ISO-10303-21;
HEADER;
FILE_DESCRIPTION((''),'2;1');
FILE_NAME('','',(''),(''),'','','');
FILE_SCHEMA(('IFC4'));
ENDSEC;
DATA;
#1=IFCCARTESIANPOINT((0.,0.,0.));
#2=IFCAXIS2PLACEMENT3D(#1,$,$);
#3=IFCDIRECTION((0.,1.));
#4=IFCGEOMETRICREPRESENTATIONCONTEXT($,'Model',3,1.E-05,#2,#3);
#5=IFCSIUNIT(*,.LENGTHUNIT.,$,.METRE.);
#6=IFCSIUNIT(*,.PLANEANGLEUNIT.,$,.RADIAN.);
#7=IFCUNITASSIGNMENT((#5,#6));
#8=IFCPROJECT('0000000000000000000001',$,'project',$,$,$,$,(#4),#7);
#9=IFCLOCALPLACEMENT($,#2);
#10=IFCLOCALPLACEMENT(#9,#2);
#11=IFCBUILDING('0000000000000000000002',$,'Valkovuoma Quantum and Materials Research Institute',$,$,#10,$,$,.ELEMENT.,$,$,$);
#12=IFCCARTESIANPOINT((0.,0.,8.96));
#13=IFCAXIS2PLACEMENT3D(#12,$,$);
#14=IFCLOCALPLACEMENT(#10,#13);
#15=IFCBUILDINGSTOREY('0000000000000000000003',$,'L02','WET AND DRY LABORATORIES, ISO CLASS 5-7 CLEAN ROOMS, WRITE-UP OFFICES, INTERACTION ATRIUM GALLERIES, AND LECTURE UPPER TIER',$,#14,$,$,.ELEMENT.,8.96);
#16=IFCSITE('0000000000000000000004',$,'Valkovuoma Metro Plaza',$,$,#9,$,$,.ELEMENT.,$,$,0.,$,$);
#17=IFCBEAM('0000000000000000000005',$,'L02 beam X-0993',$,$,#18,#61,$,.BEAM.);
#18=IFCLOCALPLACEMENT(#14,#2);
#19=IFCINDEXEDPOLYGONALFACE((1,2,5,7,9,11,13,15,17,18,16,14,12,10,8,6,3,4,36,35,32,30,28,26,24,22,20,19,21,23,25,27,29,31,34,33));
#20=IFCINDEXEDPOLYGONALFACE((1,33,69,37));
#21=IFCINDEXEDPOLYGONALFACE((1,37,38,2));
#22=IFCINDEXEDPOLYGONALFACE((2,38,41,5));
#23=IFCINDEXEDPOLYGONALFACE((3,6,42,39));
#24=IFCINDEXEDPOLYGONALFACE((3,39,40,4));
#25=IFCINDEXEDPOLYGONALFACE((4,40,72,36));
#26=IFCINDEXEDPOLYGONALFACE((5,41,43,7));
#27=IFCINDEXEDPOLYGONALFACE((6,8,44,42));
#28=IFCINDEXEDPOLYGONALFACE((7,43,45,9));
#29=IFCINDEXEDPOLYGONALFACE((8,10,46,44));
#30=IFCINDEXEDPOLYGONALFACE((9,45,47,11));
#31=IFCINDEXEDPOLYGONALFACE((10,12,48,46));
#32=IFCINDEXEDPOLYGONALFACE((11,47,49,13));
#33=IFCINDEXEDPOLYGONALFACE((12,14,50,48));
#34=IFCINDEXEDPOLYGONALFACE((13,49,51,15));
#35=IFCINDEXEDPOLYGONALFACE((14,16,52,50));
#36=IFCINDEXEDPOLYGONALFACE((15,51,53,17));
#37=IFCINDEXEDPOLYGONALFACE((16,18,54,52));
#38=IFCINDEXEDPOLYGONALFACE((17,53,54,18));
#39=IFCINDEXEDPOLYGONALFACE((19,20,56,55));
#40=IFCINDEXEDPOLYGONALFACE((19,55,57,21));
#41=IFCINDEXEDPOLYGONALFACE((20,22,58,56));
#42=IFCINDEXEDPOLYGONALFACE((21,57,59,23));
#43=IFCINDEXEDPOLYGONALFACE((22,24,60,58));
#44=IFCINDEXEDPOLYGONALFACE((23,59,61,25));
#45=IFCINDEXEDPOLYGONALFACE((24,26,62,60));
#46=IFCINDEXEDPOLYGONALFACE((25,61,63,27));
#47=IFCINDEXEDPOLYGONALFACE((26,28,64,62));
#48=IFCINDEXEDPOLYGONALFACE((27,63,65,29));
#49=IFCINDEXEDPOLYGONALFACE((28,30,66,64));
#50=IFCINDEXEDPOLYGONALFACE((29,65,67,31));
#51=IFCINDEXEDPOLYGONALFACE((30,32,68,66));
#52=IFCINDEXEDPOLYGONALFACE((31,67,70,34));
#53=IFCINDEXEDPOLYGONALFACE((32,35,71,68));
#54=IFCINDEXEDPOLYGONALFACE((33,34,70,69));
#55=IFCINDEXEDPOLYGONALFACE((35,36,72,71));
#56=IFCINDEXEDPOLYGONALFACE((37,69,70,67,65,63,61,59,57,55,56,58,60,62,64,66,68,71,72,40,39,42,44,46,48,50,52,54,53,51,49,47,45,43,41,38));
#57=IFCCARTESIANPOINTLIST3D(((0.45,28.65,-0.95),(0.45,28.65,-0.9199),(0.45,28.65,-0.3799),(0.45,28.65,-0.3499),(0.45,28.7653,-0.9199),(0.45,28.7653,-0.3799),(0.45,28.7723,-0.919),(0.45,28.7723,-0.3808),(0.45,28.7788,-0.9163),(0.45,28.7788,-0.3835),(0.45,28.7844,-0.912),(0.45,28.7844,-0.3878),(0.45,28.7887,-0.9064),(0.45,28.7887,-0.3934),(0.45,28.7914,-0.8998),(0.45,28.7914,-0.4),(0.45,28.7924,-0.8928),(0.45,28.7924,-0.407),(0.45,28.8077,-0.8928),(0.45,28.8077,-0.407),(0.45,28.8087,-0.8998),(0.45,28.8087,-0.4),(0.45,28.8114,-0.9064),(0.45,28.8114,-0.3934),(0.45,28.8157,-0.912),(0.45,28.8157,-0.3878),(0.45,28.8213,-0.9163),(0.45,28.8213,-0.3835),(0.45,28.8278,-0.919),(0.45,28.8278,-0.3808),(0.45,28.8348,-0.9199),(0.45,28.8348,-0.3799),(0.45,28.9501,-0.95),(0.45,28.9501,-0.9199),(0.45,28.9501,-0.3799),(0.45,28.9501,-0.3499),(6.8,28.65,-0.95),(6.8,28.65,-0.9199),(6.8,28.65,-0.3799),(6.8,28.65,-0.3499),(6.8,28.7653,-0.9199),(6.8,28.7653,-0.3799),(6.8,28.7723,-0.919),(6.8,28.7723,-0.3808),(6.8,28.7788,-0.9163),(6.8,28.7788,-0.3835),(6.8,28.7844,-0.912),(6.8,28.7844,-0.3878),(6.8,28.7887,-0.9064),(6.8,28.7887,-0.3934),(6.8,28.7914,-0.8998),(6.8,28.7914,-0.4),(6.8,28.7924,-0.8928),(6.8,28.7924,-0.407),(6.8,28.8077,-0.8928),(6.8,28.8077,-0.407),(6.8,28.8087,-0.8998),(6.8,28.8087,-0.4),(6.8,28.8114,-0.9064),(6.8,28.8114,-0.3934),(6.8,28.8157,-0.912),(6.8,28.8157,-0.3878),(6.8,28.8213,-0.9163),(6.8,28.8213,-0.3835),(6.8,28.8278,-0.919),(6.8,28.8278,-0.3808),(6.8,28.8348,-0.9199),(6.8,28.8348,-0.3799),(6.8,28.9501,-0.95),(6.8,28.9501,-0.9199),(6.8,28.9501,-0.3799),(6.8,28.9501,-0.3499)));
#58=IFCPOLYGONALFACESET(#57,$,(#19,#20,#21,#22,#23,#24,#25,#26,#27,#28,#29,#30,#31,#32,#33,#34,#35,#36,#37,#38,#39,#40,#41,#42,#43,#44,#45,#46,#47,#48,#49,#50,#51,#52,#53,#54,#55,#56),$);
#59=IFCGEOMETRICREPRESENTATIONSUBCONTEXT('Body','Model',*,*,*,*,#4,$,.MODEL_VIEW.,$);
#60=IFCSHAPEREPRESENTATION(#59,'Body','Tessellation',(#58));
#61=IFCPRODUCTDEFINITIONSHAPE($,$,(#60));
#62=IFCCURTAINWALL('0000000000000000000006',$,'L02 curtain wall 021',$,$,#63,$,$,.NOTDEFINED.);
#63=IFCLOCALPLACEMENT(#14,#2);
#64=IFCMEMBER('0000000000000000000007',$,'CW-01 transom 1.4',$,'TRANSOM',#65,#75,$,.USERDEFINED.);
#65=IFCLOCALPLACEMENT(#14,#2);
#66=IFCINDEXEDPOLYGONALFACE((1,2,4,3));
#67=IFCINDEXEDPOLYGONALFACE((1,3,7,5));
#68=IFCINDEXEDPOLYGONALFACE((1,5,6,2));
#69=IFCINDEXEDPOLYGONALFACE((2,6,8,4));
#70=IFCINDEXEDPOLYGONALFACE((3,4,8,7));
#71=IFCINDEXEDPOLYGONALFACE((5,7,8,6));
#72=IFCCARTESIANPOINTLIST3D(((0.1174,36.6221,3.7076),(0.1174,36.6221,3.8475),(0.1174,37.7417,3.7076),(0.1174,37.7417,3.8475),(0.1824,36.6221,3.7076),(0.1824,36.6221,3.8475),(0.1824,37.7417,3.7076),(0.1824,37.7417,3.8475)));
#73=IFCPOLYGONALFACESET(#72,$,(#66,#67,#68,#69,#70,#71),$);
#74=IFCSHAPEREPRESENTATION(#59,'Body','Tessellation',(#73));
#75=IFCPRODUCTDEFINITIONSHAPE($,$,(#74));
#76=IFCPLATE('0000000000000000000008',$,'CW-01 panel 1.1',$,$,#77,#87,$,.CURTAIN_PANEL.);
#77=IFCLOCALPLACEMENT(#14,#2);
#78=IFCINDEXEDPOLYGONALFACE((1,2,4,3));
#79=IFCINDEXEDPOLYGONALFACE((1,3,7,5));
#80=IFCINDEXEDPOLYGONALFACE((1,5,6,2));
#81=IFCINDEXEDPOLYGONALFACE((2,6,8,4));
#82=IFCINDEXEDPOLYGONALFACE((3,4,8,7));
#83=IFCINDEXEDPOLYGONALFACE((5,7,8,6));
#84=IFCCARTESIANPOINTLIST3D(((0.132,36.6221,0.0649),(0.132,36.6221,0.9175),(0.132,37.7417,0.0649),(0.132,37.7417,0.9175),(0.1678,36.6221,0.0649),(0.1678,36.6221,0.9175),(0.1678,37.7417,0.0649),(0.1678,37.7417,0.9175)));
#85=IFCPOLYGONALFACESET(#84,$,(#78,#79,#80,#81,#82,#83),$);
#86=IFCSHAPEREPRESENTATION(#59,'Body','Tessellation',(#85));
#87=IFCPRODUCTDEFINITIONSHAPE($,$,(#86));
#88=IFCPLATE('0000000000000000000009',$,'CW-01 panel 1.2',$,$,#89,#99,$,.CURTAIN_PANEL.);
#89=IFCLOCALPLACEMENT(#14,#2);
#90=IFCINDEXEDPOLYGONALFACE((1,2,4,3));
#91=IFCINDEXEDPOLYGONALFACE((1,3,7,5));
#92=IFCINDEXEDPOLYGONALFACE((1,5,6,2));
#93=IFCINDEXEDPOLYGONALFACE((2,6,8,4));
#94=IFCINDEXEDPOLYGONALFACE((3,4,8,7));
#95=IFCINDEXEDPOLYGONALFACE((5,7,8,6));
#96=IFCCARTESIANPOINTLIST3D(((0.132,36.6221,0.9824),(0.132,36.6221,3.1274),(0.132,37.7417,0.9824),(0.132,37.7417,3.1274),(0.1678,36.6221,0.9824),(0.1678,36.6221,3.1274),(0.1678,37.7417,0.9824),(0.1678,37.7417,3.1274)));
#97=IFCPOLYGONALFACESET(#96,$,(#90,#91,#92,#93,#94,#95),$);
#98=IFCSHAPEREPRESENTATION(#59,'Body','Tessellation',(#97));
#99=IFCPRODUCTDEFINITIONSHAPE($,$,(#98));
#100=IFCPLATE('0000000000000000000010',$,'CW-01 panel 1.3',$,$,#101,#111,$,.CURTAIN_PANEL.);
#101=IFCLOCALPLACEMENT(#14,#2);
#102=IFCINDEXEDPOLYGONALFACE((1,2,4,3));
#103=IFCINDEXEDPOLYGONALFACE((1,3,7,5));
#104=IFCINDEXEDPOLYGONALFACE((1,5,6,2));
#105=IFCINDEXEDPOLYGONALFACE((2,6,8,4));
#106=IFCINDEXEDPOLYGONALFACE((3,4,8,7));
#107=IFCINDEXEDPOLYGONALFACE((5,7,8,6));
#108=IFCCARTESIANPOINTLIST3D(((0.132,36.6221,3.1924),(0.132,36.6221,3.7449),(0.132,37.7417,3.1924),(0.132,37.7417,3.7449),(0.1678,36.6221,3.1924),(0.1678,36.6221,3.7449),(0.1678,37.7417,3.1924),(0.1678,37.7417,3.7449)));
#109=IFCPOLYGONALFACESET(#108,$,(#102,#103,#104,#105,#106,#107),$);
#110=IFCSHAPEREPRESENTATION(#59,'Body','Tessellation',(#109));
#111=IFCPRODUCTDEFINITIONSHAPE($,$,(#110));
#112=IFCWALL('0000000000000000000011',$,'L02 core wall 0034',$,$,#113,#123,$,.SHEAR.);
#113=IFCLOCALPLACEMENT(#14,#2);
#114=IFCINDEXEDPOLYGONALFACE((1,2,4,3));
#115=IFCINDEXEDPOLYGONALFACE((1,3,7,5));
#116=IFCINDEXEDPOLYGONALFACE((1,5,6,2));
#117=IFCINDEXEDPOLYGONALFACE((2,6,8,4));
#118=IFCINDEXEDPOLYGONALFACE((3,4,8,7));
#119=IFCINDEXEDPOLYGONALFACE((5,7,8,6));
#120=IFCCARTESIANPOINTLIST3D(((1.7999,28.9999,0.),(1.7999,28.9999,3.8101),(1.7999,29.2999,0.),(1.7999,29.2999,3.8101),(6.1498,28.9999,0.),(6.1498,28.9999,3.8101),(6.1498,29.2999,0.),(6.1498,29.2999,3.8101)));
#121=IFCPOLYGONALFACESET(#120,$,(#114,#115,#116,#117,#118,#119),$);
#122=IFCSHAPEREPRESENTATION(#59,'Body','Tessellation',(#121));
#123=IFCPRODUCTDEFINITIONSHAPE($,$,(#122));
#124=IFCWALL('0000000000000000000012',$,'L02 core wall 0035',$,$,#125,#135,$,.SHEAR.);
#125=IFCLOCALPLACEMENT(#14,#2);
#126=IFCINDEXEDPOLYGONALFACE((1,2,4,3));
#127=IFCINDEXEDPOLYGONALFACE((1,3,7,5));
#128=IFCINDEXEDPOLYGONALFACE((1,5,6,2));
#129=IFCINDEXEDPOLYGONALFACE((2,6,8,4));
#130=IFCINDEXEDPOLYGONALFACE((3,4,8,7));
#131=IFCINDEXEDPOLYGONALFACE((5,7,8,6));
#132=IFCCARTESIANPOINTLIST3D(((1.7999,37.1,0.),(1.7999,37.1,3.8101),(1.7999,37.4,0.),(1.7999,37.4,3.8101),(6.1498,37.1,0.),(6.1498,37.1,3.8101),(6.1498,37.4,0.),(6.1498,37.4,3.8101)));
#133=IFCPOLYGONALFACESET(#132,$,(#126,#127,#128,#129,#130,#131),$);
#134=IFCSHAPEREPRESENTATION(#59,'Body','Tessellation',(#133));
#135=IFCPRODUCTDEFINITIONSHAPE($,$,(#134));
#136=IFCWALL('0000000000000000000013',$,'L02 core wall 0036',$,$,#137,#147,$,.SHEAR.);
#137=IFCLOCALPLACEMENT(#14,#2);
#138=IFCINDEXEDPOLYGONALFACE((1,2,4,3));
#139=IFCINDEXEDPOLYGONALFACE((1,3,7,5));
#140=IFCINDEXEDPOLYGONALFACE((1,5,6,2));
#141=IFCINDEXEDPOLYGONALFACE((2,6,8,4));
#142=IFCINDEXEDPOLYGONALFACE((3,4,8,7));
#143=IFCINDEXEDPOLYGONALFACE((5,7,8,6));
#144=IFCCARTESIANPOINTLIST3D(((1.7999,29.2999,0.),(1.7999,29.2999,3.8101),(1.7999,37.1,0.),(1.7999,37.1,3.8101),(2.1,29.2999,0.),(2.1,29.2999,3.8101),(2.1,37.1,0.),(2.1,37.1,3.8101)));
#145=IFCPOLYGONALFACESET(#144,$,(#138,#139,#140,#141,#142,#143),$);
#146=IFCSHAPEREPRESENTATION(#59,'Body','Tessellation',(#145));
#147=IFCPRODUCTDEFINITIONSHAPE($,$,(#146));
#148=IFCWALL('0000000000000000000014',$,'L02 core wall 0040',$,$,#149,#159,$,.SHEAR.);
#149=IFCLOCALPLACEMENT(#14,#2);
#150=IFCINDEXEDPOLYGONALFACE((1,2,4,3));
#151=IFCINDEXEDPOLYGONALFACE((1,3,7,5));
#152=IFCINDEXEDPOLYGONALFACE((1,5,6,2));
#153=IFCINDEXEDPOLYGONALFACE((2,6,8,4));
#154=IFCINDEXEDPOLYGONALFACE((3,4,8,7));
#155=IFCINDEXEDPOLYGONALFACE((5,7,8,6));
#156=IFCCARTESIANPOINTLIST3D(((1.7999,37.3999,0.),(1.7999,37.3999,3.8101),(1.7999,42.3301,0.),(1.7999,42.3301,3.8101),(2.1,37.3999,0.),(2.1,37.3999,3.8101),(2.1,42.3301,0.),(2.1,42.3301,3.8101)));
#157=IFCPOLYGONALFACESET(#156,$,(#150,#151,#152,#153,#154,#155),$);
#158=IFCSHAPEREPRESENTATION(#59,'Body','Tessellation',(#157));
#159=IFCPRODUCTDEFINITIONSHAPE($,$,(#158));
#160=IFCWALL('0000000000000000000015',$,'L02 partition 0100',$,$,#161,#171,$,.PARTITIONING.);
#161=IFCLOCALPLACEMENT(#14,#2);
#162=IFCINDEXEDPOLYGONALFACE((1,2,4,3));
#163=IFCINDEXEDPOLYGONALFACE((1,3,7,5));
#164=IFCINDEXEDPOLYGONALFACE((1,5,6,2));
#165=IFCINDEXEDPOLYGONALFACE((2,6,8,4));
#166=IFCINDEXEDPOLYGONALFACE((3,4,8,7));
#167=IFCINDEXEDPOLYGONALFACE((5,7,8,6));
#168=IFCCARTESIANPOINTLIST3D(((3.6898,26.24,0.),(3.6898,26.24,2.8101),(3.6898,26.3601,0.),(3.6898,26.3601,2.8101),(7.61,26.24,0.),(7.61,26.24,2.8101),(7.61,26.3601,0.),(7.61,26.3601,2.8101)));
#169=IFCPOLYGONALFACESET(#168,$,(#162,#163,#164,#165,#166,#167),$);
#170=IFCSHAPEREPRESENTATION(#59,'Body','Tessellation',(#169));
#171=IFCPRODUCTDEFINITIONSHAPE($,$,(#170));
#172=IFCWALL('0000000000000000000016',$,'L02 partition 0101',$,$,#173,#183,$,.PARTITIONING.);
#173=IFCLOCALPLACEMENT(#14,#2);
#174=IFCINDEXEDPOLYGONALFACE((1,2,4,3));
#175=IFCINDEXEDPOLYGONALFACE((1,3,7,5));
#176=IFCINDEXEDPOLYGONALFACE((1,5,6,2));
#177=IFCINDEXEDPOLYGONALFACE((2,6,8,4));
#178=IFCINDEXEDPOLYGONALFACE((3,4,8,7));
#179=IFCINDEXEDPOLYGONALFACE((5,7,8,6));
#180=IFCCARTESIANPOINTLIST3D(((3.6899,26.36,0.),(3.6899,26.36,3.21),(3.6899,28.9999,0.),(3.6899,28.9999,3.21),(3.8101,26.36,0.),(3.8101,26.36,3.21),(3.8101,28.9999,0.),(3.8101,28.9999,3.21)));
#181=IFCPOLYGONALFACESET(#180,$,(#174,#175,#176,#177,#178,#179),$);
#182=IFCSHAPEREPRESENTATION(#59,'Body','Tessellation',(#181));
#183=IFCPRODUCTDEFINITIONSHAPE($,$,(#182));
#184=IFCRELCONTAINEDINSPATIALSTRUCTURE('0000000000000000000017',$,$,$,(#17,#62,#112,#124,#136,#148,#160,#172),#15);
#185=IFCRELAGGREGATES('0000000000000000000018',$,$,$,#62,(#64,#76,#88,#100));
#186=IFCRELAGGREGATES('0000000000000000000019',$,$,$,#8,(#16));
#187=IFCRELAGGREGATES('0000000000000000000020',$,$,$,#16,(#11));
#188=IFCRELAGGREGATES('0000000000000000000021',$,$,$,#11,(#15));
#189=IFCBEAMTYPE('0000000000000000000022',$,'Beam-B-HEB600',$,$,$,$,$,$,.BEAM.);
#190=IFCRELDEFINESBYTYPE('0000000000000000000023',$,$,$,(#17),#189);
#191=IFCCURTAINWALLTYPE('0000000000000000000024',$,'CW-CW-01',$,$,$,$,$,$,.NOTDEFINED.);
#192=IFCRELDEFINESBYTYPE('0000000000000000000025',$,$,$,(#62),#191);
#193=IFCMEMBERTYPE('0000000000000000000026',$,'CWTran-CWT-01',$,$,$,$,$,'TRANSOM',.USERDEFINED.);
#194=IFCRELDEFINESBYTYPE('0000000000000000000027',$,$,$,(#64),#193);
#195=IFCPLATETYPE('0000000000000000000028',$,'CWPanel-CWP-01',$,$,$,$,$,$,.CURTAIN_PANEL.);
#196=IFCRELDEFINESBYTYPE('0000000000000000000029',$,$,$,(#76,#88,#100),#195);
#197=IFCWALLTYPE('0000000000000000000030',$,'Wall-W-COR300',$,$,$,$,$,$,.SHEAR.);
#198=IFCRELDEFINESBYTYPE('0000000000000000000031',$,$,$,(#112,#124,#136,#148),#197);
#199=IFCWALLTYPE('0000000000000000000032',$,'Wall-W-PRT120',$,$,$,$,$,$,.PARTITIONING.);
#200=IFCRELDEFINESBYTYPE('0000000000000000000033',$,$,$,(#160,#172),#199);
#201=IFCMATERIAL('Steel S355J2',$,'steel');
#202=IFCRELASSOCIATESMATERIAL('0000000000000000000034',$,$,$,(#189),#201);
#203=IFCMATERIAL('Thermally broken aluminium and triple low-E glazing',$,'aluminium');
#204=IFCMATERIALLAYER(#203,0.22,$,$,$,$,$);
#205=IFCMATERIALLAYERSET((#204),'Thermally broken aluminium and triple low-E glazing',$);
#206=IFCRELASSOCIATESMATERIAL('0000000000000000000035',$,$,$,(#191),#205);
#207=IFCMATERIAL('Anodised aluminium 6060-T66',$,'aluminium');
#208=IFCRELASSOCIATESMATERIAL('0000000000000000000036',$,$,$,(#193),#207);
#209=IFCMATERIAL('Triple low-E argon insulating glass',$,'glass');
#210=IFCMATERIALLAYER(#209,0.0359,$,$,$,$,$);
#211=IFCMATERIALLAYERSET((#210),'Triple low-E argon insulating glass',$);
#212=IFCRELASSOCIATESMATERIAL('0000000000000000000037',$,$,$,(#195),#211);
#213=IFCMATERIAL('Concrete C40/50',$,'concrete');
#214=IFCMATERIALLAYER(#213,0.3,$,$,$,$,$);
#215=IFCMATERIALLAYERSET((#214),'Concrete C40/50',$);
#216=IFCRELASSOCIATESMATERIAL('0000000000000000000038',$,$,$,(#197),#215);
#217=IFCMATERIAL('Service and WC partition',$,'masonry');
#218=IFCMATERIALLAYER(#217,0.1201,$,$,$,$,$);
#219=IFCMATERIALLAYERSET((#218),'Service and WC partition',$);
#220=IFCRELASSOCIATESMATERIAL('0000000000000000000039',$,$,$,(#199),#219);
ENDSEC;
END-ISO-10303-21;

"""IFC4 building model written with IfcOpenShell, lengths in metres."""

from ifc_helpers import new_model, si_unit, direction, frame, frame_2d, origin, origin_2d, place, context, subcontext, project, spatial, rectangle, i_section, extrude, material, layer, layer_set, material_profile, profile_set, type_object, element, aggregate, save


model = new_model("IFC4")

# Units and contexts
model_context = context("Model", 3, precision=1e-05, world=origin(), true_north=direction((0.0, 1.0)))
body_context = subcontext(model_context, "Body", "Model", "MODEL_VIEW")
ifc_project = project(units=[si_unit("LENGTHUNIT", "METRE"), si_unit("PLANEANGLEUNIT", "RADIAN")], contexts=[model_context])

# Site, building, storey
site_placement = place(None, origin())
site = spatial("IfcSite", under=ifc_project, at=site_placement, Name="Valkovuoma Metro Plaza", CompositionType="ELEMENT", RefElevation=0.0)
building_placement = place(site_placement, origin())
building = spatial("IfcBuilding", under=site, at=building_placement, Name="Valkovuoma Quantum and Materials Research Institute", CompositionType="ELEMENT")
storey_placement = place(building_placement, frame((0.0, 0.0, 8.96)))
storey = spatial("IfcBuildingStorey", under=building, at=storey_placement, Name="L02", Description="WET AND DRY LABORATORIES, ISO CLASS 5-7 CLEAN ROOMS, WRITE-UP OFFICES, INTERACTION ATRIUM GALLERIES, AND LECTURE UPPER TIER", CompositionType="ELEMENT", Elevation=8.96)

# Beam
ifc_material_1 = material(Name="Steel S355J2", Category="steel")
ifc_material_profile_1 = material_profile(ifc_material_1, i_section(OverallWidth=0.3, OverallDepth=0.6001, WebThickness=0.0154, FlangeThickness=0.03, FilletRadius=0.0271, at=origin_2d()), Name="Steel S355J2")
ifc_profile_set_1 = profile_set([ifc_material_profile_1], Name="Steel S355J2")
beam_type = type_object("IfcBeamType", Name="Beam-B-HEB600", PredefinedType="BEAM", material=ifc_profile_set_1)
beam_placement = place(storey_placement, frame((0.45, 28.8, -0.6499), z_axis=(1.0, 0.0, 0.0), x_axis=(0.0, 1.0, 0.0)))
element("IfcBeam", 1, at=beam_placement, inside=storey, type_object=beam_type, Name="L02 beam X-0993", PredefinedType="BEAM", context=body_context, shape_type="SweptSolid", body=[
    extrude(i_section(OverallWidth=0.3, OverallDepth=0.6001, WebThickness=0.0154, FlangeThickness=0.03, FilletRadius=0.0271, at=origin_2d()), origin(), (0.0, 0.0, 1.0), 6.3501),
])

# Curtain wall, member, plates
ifc_material_2 = material(Name="Thermally broken aluminium and triple low-E glazing", Category="aluminium")
ifc_layer_1 = layer(ifc_material_2, 0.22)
ifc_layer_set_1 = layer_set([ifc_layer_1], Name="Thermally broken aluminium and triple low-E glazing")
curtain_wall_type = type_object("IfcCurtainWallType", Name="CW-CW-01", PredefinedType="NOTDEFINED", material=ifc_layer_set_1)
curtain_wall_placement = place(storey_placement, origin())
curtain_wall = element("IfcCurtainWall", 2, at=curtain_wall_placement, inside=storey, type_object=curtain_wall_type, Name="L02 curtain wall 021", PredefinedType="NOTDEFINED")
ifc_material_3 = material(Name="Anodised aluminium 6060-T66", Category="aluminium")
ifc_material_profile_2 = material_profile(ifc_material_3, rectangle(XDim=0.0649, YDim=0.1399, at=origin_2d()), Name="Anodised aluminium 6060-T66")
ifc_profile_set_2 = profile_set([ifc_material_profile_2], Name="Anodised aluminium 6060-T66")
member_type = type_object("IfcMemberType", Name="CWTran-CWT-01", ElementType="TRANSOM", PredefinedType="USERDEFINED", material=ifc_profile_set_2)
member_placement = place(storey_placement, frame((0.1499, 36.6221, 3.7776), z_axis=(0.0, 1.0, 0.0), x_axis=(-1.0, 0.0, 0.0)))
member = element("IfcMember", 3, at=member_placement, type_object=member_type, Name="CW-01 transom 1.4", ObjectType="TRANSOM", PredefinedType="USERDEFINED", context=body_context, shape_type="SweptSolid", body=[
    extrude(rectangle(XDim=0.0649, YDim=0.1399, at=origin_2d()), origin(), (0.0, 0.0, 1.0), 1.1196),
])
ifc_material_4 = material(Name="Triple low-E argon insulating glass", Category="glass")
ifc_layer_2 = layer(ifc_material_4, 0.0359)
ifc_layer_set_2 = layer_set([ifc_layer_2], Name="Triple low-E argon insulating glass")
plate_type = type_object("IfcPlateType", Name="CWPanel-CWP-01", PredefinedType="CURTAIN_PANEL", material=ifc_layer_set_2)
plate_1_placement = place(storey_placement, frame((0.1499, 37.1819, 0.0649), z_axis=(0.0, 0.0, 1.0), x_axis=(0.0, 1.0, 0.0)))
plate_1 = element("IfcPlate", 4, at=plate_1_placement, type_object=plate_type, Name="CW-01 panel 1.1", PredefinedType="CURTAIN_PANEL", context=body_context, shape_type="SweptSolid", body=[
    extrude(rectangle(XDim=1.1196, YDim=0.0359, at=origin_2d()), origin(), (0.0, 0.0, 1.0), 0.8525),
])
plate_2_placement = place(storey_placement, frame((0.1499, 37.1819, 0.9824), z_axis=(0.0, 0.0, 1.0), x_axis=(0.0, 1.0, 0.0)))
plate_2 = element("IfcPlate", 5, at=plate_2_placement, type_object=plate_type, Name="CW-01 panel 1.2", PredefinedType="CURTAIN_PANEL", context=body_context, shape_type="SweptSolid", body=[
    extrude(rectangle(XDim=1.1196, YDim=0.0359, at=origin_2d()), origin(), (0.0, 0.0, 1.0), 2.145),
])
plate_3_placement = place(storey_placement, frame((0.1499, 37.1819, 3.1924), z_axis=(0.0, 0.0, 1.0), x_axis=(0.0, 1.0, 0.0)))
plate_3 = element("IfcPlate", 6, at=plate_3_placement, type_object=plate_type, Name="CW-01 panel 1.3", PredefinedType="CURTAIN_PANEL", context=body_context, shape_type="SweptSolid", body=[
    extrude(rectangle(XDim=1.1196, YDim=0.0359, at=origin_2d()), origin(), (0.0, 0.0, 1.0), 0.5525),
])
aggregate(curtain_wall, [member, plate_1, plate_2, plate_3])

# Walls
ifc_material_5 = material(Name="Concrete C40/50", Category="concrete")
ifc_layer_3 = layer(ifc_material_5, 0.3)
ifc_layer_set_3 = layer_set([ifc_layer_3], Name="Concrete C40/50")
wall_type_1 = type_object("IfcWallType", Name="Wall-W-COR300", PredefinedType="SHEAR", material=ifc_layer_set_3)
for number, where, z_axis, x_axis, name in (
    (7, (1.8, 29.1499, 0.0), (0.0, 0.0, 1.0), (1.0, 0.0, 0.0), "L02 core wall 0034"),
    (8, (1.8, 37.25, 0.0), (0.0, 0.0, 1.0), (1.0, 0.0, 0.0), "L02 core wall 0035"),
):
    element("IfcWall", number, at=place(storey_placement, frame(where, z_axis=z_axis, x_axis=x_axis)), inside=storey, type_object=wall_type_1, Name=name, PredefinedType="SHEAR", context=body_context, shape_type="SweptSolid", body=[
        extrude(rectangle(XDim=4.3499, YDim=0.3, at=frame_2d((2.1748, 0.0))), origin(), (0.0, 0.0, 1.0), 3.8101),
    ])
wall_1_placement = place(storey_placement, frame((1.95, 29.3, 0.0), z_axis=(0.0, 0.0, 1.0), x_axis=(0.0, 1.0, 0.0)))
element("IfcWall", 9, at=wall_1_placement, inside=storey, type_object=wall_type_1, Name="L02 core wall 0036", PredefinedType="SHEAR", context=body_context, shape_type="SweptSolid", body=[
    extrude(rectangle(XDim=7.8, YDim=0.3, at=frame_2d((3.8999, 0.0))), origin(), (0.0, 0.0, 1.0), 3.8101),
])
wall_2_placement = place(storey_placement, frame((1.95, 37.3999, 0.0), z_axis=(0.0, 0.0, 1.0), x_axis=(0.0, 1.0, 0.0)))
element("IfcWall", 10, at=wall_2_placement, inside=storey, type_object=wall_type_1, Name="L02 core wall 0040", PredefinedType="SHEAR", context=body_context, shape_type="SweptSolid", body=[
    extrude(rectangle(XDim=4.9302, YDim=0.3, at=frame_2d((2.4651, 0.0))), origin(), (0.0, 0.0, 1.0), 3.8101),
])
ifc_material_6 = material(Name="Service and WC partition", Category="masonry")
ifc_layer_4 = layer(ifc_material_6, 0.1201)
ifc_layer_set_4 = layer_set([ifc_layer_4], Name="Service and WC partition")
wall_type_2 = type_object("IfcWallType", Name="Wall-W-PRT120", PredefinedType="PARTITIONING", material=ifc_layer_set_4)
wall_3_placement = place(storey_placement, frame((3.6899, 26.3, 0.0), z_axis=(0.0, 0.0, 1.0), x_axis=(1.0, 0.0, 0.0)))
element("IfcWall", 11, at=wall_3_placement, inside=storey, type_object=wall_type_2, Name="L02 partition 0100", PredefinedType="PARTITIONING", context=body_context, shape_type="SweptSolid", body=[
    extrude(rectangle(XDim=3.9202, YDim=0.1201, at=frame_2d((1.96, 0.0))), origin(), (0.0, 0.0, 1.0), 2.8101),
])
wall_4_placement = place(storey_placement, frame((3.75, 26.3601, 0.0), z_axis=(0.0, 0.0, 1.0), x_axis=(0.0, 1.0, 0.0)))
element("IfcWall", 12, at=wall_4_placement, inside=storey, type_object=wall_type_2, Name="L02 partition 0101", PredefinedType="PARTITIONING", context=body_context, shape_type="SweptSolid", body=[
    extrude(rectangle(XDim=2.6399, YDim=0.1201, at=frame_2d((1.3198, 0.0))), origin(), (0.0, 0.0, 1.0), 3.21),
])

save(model, "model.ifc")
